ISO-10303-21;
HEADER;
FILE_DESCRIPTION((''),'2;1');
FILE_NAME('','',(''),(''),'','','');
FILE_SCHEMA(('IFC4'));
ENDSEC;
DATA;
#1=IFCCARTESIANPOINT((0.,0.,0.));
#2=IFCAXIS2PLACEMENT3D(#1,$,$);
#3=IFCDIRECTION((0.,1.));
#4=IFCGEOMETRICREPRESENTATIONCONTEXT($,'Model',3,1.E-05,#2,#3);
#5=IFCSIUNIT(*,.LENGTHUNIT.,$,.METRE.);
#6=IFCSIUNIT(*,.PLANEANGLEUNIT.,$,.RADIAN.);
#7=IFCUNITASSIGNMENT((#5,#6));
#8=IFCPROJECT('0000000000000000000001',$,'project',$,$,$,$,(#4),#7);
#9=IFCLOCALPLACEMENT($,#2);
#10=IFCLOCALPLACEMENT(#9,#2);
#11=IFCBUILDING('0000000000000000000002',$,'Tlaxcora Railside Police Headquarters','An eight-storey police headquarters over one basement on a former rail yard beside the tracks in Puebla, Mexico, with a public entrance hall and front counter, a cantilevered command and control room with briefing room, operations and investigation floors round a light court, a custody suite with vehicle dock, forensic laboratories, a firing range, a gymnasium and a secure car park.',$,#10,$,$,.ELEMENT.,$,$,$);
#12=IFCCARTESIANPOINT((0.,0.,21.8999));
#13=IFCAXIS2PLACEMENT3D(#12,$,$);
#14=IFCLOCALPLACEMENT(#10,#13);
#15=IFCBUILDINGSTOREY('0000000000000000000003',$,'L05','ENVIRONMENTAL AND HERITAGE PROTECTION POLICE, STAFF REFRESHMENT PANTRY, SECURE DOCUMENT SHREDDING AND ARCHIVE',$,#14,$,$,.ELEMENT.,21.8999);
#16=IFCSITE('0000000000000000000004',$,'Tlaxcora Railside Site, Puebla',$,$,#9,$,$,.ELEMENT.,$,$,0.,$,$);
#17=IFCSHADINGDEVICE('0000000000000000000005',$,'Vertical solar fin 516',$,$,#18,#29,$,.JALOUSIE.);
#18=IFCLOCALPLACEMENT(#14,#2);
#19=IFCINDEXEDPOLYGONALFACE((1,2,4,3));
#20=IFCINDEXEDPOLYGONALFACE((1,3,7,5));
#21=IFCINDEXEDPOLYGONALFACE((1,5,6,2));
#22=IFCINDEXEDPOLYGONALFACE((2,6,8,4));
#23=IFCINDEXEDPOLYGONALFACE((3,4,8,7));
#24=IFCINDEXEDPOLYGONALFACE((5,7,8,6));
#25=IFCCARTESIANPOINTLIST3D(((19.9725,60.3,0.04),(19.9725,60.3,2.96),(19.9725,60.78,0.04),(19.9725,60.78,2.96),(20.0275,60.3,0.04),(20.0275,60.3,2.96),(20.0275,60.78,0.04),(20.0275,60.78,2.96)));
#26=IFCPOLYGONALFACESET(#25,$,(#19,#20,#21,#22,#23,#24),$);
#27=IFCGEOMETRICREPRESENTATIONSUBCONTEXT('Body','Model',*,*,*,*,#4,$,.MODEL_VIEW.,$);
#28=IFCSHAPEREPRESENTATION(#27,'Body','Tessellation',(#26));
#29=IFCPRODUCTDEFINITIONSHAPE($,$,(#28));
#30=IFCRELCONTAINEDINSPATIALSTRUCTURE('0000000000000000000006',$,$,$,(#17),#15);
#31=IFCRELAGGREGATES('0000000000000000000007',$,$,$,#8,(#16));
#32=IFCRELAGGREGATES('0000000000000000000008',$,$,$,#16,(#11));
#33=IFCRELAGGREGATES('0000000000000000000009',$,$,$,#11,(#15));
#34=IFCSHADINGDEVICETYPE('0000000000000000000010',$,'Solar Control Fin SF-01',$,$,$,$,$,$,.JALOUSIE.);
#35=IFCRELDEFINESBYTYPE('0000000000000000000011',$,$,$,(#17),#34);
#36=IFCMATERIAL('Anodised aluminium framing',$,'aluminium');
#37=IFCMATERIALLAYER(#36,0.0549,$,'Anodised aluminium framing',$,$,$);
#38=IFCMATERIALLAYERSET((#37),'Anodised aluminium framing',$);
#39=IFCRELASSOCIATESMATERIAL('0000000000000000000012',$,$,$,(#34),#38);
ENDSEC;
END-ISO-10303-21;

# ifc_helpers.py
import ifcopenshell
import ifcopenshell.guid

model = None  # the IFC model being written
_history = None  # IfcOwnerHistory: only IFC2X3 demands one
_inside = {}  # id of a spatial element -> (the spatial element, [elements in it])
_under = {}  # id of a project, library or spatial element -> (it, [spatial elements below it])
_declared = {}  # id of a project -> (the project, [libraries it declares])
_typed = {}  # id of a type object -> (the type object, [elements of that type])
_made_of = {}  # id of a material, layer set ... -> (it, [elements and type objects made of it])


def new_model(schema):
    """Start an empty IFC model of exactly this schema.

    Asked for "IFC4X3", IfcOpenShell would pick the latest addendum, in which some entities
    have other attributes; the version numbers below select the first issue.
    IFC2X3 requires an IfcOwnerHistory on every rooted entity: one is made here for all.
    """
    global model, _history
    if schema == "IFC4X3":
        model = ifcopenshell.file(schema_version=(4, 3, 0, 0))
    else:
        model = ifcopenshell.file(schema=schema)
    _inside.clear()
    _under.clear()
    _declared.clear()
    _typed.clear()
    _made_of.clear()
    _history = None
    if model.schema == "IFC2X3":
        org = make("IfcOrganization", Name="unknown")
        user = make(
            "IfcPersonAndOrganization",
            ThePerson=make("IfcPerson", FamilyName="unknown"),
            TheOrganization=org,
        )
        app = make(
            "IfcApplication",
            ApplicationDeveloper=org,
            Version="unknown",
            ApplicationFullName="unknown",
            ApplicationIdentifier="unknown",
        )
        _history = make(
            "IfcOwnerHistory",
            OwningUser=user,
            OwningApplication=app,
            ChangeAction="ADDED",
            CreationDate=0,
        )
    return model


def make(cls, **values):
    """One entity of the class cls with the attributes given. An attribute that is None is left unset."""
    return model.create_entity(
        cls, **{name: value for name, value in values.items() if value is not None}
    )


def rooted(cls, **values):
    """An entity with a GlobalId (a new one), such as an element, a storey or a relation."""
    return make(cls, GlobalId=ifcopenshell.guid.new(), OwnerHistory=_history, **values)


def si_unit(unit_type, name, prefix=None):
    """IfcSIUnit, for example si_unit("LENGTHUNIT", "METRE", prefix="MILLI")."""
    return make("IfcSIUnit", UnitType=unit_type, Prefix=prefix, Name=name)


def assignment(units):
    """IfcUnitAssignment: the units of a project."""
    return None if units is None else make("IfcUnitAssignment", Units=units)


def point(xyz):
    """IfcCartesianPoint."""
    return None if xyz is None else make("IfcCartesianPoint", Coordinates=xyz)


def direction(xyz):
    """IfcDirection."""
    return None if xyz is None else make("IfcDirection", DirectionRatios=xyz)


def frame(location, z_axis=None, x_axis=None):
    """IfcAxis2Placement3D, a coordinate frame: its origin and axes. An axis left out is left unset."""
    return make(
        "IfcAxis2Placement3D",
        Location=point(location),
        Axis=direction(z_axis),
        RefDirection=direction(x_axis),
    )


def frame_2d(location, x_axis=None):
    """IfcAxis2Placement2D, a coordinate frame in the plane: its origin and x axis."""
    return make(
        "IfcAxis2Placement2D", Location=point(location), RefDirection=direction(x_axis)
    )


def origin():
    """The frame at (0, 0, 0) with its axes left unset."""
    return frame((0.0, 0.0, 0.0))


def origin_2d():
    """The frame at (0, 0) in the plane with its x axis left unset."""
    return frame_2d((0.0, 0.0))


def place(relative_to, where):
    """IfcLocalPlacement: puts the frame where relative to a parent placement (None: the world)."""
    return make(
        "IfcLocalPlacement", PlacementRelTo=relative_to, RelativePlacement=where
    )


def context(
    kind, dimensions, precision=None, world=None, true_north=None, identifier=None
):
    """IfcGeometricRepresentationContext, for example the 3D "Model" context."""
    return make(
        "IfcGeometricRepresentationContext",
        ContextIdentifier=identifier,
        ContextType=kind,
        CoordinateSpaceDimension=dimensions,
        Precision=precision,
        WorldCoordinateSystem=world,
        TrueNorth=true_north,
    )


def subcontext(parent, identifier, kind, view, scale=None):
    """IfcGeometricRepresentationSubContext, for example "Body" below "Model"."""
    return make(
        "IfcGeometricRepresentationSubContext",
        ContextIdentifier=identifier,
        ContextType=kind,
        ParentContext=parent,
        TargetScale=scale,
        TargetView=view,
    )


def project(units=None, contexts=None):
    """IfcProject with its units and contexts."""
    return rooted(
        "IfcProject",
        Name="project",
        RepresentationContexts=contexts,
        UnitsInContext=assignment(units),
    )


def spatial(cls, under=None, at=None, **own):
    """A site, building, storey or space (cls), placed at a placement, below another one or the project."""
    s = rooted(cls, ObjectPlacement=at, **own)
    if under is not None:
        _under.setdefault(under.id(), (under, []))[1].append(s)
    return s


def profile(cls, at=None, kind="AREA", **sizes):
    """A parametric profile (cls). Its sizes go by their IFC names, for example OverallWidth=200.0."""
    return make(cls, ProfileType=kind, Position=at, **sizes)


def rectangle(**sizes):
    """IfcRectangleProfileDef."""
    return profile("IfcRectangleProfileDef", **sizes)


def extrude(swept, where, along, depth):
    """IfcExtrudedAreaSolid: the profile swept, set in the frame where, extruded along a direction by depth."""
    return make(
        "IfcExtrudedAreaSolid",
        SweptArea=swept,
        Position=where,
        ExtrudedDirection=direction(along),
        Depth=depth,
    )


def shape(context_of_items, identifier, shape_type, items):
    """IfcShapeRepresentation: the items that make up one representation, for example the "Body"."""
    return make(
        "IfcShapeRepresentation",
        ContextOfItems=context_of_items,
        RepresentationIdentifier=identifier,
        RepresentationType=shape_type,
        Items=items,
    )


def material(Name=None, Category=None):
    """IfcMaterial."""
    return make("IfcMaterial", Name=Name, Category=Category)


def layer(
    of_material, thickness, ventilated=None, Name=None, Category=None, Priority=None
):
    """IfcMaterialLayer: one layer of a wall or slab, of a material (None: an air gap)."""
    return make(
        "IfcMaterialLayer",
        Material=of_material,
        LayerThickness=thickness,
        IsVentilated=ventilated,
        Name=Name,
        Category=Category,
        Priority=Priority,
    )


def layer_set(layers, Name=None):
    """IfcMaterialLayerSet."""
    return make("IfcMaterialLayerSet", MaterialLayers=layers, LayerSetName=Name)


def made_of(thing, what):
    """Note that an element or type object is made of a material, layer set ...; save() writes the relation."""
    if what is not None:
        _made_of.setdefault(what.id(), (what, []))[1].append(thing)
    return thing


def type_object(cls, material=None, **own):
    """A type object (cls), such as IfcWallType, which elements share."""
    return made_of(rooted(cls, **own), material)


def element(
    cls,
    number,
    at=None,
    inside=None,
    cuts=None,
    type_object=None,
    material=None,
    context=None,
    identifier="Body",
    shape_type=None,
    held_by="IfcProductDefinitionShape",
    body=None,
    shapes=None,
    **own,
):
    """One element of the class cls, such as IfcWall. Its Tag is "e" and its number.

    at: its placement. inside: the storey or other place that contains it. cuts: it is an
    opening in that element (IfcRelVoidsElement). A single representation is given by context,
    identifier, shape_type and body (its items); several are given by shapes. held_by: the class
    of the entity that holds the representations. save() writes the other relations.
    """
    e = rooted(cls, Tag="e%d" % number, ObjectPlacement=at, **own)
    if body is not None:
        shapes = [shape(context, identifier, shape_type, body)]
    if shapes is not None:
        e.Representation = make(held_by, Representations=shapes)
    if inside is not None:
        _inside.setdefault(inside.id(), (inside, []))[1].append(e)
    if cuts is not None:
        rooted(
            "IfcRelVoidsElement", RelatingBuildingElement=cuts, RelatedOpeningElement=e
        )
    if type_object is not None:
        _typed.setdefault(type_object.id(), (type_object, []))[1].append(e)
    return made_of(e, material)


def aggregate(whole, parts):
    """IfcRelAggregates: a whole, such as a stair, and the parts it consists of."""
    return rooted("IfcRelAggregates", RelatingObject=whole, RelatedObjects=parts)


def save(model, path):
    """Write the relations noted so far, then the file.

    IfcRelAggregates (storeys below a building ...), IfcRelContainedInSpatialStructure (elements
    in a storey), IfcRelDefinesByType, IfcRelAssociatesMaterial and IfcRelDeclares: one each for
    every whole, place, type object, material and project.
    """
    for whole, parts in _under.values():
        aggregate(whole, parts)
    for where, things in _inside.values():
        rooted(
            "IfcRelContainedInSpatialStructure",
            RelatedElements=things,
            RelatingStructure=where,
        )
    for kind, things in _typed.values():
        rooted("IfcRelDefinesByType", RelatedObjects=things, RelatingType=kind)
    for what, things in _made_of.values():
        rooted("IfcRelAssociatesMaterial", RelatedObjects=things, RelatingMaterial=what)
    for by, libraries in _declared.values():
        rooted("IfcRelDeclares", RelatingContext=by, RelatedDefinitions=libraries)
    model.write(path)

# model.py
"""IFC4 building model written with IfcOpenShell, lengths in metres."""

from ifc_helpers import new_model, si_unit, direction, frame, origin, origin_2d, place, context, subcontext, project, spatial, rectangle, extrude, material, layer, layer_set, type_object, element, save


model = new_model("IFC4")

# Units and contexts
model_context = context("Model", 3, precision=1e-05, world=origin(), true_north=direction((0.0, 1.0)))
body_context = subcontext(model_context, "Body", "Model", "MODEL_VIEW")
ifc_project = project(units=[si_unit("LENGTHUNIT", "METRE"), si_unit("PLANEANGLEUNIT", "RADIAN")], contexts=[model_context])

# Site, building, storey
site_placement = place(None, origin())
site = spatial("IfcSite", under=ifc_project, at=site_placement, Name="Tlaxcora Railside Site, Puebla", CompositionType="ELEMENT", RefElevation=0.0)
building_placement = place(site_placement, origin())
building = spatial("IfcBuilding", under=site, at=building_placement, Name="Tlaxcora Railside Police Headquarters", Description="An eight-storey police headquarters over one basement on a former rail yard beside the tracks in Puebla, Mexico, with a public entrance hall and front counter, a cantilevered command and control room with briefing room, operations and investigation floors round a light court, a custody suite with vehicle dock, forensic laboratories, a firing range, a gymnasium and a secure car park.", CompositionType="ELEMENT")
storey_placement = place(building_placement, frame((0.0, 0.0, 21.8999)))
storey = spatial("IfcBuildingStorey", under=building, at=storey_placement, Name="L05", Description="ENVIRONMENTAL AND HERITAGE PROTECTION POLICE, STAFF REFRESHMENT PANTRY, SECURE DOCUMENT SHREDDING AND ARCHIVE", CompositionType="ELEMENT", Elevation=21.8999)

# Shared definitions
ifc_material_1 = material(Name="Anodised aluminium framing", Category="aluminium")

# Shading device
ifc_layer_1 = layer(ifc_material_1, 0.0549, Name="Anodised aluminium framing")
ifc_layer_set_1 = layer_set([ifc_layer_1], Name="Anodised aluminium framing")
shading_device_type = type_object("IfcShadingDeviceType", Name="Solar Control Fin SF-01", PredefinedType="JALOUSIE", material=ifc_layer_set_1)
for number, where, z_axis, x_axis, name in (
    (1, (20.0, 60.54, 0.04), (0.0, 0.0, 1.0), (0.0, -1.0, 0.0), "Vertical solar fin 516"),
):
    element("IfcShadingDevice", number, at=place(storey_placement, frame(where, z_axis=z_axis, x_axis=x_axis)), inside=storey, type_object=shading_device_type, Name=name, PredefinedType="JALOUSIE", context=body_context, shape_type="SweptSolid", body=[
        extrude(rectangle(XDim=0.48, YDim=0.0549, at=origin_2d()), origin(), (0.0, 0.0, 1.0), 2.9199),
    ])

save(model, "model.ifc")
